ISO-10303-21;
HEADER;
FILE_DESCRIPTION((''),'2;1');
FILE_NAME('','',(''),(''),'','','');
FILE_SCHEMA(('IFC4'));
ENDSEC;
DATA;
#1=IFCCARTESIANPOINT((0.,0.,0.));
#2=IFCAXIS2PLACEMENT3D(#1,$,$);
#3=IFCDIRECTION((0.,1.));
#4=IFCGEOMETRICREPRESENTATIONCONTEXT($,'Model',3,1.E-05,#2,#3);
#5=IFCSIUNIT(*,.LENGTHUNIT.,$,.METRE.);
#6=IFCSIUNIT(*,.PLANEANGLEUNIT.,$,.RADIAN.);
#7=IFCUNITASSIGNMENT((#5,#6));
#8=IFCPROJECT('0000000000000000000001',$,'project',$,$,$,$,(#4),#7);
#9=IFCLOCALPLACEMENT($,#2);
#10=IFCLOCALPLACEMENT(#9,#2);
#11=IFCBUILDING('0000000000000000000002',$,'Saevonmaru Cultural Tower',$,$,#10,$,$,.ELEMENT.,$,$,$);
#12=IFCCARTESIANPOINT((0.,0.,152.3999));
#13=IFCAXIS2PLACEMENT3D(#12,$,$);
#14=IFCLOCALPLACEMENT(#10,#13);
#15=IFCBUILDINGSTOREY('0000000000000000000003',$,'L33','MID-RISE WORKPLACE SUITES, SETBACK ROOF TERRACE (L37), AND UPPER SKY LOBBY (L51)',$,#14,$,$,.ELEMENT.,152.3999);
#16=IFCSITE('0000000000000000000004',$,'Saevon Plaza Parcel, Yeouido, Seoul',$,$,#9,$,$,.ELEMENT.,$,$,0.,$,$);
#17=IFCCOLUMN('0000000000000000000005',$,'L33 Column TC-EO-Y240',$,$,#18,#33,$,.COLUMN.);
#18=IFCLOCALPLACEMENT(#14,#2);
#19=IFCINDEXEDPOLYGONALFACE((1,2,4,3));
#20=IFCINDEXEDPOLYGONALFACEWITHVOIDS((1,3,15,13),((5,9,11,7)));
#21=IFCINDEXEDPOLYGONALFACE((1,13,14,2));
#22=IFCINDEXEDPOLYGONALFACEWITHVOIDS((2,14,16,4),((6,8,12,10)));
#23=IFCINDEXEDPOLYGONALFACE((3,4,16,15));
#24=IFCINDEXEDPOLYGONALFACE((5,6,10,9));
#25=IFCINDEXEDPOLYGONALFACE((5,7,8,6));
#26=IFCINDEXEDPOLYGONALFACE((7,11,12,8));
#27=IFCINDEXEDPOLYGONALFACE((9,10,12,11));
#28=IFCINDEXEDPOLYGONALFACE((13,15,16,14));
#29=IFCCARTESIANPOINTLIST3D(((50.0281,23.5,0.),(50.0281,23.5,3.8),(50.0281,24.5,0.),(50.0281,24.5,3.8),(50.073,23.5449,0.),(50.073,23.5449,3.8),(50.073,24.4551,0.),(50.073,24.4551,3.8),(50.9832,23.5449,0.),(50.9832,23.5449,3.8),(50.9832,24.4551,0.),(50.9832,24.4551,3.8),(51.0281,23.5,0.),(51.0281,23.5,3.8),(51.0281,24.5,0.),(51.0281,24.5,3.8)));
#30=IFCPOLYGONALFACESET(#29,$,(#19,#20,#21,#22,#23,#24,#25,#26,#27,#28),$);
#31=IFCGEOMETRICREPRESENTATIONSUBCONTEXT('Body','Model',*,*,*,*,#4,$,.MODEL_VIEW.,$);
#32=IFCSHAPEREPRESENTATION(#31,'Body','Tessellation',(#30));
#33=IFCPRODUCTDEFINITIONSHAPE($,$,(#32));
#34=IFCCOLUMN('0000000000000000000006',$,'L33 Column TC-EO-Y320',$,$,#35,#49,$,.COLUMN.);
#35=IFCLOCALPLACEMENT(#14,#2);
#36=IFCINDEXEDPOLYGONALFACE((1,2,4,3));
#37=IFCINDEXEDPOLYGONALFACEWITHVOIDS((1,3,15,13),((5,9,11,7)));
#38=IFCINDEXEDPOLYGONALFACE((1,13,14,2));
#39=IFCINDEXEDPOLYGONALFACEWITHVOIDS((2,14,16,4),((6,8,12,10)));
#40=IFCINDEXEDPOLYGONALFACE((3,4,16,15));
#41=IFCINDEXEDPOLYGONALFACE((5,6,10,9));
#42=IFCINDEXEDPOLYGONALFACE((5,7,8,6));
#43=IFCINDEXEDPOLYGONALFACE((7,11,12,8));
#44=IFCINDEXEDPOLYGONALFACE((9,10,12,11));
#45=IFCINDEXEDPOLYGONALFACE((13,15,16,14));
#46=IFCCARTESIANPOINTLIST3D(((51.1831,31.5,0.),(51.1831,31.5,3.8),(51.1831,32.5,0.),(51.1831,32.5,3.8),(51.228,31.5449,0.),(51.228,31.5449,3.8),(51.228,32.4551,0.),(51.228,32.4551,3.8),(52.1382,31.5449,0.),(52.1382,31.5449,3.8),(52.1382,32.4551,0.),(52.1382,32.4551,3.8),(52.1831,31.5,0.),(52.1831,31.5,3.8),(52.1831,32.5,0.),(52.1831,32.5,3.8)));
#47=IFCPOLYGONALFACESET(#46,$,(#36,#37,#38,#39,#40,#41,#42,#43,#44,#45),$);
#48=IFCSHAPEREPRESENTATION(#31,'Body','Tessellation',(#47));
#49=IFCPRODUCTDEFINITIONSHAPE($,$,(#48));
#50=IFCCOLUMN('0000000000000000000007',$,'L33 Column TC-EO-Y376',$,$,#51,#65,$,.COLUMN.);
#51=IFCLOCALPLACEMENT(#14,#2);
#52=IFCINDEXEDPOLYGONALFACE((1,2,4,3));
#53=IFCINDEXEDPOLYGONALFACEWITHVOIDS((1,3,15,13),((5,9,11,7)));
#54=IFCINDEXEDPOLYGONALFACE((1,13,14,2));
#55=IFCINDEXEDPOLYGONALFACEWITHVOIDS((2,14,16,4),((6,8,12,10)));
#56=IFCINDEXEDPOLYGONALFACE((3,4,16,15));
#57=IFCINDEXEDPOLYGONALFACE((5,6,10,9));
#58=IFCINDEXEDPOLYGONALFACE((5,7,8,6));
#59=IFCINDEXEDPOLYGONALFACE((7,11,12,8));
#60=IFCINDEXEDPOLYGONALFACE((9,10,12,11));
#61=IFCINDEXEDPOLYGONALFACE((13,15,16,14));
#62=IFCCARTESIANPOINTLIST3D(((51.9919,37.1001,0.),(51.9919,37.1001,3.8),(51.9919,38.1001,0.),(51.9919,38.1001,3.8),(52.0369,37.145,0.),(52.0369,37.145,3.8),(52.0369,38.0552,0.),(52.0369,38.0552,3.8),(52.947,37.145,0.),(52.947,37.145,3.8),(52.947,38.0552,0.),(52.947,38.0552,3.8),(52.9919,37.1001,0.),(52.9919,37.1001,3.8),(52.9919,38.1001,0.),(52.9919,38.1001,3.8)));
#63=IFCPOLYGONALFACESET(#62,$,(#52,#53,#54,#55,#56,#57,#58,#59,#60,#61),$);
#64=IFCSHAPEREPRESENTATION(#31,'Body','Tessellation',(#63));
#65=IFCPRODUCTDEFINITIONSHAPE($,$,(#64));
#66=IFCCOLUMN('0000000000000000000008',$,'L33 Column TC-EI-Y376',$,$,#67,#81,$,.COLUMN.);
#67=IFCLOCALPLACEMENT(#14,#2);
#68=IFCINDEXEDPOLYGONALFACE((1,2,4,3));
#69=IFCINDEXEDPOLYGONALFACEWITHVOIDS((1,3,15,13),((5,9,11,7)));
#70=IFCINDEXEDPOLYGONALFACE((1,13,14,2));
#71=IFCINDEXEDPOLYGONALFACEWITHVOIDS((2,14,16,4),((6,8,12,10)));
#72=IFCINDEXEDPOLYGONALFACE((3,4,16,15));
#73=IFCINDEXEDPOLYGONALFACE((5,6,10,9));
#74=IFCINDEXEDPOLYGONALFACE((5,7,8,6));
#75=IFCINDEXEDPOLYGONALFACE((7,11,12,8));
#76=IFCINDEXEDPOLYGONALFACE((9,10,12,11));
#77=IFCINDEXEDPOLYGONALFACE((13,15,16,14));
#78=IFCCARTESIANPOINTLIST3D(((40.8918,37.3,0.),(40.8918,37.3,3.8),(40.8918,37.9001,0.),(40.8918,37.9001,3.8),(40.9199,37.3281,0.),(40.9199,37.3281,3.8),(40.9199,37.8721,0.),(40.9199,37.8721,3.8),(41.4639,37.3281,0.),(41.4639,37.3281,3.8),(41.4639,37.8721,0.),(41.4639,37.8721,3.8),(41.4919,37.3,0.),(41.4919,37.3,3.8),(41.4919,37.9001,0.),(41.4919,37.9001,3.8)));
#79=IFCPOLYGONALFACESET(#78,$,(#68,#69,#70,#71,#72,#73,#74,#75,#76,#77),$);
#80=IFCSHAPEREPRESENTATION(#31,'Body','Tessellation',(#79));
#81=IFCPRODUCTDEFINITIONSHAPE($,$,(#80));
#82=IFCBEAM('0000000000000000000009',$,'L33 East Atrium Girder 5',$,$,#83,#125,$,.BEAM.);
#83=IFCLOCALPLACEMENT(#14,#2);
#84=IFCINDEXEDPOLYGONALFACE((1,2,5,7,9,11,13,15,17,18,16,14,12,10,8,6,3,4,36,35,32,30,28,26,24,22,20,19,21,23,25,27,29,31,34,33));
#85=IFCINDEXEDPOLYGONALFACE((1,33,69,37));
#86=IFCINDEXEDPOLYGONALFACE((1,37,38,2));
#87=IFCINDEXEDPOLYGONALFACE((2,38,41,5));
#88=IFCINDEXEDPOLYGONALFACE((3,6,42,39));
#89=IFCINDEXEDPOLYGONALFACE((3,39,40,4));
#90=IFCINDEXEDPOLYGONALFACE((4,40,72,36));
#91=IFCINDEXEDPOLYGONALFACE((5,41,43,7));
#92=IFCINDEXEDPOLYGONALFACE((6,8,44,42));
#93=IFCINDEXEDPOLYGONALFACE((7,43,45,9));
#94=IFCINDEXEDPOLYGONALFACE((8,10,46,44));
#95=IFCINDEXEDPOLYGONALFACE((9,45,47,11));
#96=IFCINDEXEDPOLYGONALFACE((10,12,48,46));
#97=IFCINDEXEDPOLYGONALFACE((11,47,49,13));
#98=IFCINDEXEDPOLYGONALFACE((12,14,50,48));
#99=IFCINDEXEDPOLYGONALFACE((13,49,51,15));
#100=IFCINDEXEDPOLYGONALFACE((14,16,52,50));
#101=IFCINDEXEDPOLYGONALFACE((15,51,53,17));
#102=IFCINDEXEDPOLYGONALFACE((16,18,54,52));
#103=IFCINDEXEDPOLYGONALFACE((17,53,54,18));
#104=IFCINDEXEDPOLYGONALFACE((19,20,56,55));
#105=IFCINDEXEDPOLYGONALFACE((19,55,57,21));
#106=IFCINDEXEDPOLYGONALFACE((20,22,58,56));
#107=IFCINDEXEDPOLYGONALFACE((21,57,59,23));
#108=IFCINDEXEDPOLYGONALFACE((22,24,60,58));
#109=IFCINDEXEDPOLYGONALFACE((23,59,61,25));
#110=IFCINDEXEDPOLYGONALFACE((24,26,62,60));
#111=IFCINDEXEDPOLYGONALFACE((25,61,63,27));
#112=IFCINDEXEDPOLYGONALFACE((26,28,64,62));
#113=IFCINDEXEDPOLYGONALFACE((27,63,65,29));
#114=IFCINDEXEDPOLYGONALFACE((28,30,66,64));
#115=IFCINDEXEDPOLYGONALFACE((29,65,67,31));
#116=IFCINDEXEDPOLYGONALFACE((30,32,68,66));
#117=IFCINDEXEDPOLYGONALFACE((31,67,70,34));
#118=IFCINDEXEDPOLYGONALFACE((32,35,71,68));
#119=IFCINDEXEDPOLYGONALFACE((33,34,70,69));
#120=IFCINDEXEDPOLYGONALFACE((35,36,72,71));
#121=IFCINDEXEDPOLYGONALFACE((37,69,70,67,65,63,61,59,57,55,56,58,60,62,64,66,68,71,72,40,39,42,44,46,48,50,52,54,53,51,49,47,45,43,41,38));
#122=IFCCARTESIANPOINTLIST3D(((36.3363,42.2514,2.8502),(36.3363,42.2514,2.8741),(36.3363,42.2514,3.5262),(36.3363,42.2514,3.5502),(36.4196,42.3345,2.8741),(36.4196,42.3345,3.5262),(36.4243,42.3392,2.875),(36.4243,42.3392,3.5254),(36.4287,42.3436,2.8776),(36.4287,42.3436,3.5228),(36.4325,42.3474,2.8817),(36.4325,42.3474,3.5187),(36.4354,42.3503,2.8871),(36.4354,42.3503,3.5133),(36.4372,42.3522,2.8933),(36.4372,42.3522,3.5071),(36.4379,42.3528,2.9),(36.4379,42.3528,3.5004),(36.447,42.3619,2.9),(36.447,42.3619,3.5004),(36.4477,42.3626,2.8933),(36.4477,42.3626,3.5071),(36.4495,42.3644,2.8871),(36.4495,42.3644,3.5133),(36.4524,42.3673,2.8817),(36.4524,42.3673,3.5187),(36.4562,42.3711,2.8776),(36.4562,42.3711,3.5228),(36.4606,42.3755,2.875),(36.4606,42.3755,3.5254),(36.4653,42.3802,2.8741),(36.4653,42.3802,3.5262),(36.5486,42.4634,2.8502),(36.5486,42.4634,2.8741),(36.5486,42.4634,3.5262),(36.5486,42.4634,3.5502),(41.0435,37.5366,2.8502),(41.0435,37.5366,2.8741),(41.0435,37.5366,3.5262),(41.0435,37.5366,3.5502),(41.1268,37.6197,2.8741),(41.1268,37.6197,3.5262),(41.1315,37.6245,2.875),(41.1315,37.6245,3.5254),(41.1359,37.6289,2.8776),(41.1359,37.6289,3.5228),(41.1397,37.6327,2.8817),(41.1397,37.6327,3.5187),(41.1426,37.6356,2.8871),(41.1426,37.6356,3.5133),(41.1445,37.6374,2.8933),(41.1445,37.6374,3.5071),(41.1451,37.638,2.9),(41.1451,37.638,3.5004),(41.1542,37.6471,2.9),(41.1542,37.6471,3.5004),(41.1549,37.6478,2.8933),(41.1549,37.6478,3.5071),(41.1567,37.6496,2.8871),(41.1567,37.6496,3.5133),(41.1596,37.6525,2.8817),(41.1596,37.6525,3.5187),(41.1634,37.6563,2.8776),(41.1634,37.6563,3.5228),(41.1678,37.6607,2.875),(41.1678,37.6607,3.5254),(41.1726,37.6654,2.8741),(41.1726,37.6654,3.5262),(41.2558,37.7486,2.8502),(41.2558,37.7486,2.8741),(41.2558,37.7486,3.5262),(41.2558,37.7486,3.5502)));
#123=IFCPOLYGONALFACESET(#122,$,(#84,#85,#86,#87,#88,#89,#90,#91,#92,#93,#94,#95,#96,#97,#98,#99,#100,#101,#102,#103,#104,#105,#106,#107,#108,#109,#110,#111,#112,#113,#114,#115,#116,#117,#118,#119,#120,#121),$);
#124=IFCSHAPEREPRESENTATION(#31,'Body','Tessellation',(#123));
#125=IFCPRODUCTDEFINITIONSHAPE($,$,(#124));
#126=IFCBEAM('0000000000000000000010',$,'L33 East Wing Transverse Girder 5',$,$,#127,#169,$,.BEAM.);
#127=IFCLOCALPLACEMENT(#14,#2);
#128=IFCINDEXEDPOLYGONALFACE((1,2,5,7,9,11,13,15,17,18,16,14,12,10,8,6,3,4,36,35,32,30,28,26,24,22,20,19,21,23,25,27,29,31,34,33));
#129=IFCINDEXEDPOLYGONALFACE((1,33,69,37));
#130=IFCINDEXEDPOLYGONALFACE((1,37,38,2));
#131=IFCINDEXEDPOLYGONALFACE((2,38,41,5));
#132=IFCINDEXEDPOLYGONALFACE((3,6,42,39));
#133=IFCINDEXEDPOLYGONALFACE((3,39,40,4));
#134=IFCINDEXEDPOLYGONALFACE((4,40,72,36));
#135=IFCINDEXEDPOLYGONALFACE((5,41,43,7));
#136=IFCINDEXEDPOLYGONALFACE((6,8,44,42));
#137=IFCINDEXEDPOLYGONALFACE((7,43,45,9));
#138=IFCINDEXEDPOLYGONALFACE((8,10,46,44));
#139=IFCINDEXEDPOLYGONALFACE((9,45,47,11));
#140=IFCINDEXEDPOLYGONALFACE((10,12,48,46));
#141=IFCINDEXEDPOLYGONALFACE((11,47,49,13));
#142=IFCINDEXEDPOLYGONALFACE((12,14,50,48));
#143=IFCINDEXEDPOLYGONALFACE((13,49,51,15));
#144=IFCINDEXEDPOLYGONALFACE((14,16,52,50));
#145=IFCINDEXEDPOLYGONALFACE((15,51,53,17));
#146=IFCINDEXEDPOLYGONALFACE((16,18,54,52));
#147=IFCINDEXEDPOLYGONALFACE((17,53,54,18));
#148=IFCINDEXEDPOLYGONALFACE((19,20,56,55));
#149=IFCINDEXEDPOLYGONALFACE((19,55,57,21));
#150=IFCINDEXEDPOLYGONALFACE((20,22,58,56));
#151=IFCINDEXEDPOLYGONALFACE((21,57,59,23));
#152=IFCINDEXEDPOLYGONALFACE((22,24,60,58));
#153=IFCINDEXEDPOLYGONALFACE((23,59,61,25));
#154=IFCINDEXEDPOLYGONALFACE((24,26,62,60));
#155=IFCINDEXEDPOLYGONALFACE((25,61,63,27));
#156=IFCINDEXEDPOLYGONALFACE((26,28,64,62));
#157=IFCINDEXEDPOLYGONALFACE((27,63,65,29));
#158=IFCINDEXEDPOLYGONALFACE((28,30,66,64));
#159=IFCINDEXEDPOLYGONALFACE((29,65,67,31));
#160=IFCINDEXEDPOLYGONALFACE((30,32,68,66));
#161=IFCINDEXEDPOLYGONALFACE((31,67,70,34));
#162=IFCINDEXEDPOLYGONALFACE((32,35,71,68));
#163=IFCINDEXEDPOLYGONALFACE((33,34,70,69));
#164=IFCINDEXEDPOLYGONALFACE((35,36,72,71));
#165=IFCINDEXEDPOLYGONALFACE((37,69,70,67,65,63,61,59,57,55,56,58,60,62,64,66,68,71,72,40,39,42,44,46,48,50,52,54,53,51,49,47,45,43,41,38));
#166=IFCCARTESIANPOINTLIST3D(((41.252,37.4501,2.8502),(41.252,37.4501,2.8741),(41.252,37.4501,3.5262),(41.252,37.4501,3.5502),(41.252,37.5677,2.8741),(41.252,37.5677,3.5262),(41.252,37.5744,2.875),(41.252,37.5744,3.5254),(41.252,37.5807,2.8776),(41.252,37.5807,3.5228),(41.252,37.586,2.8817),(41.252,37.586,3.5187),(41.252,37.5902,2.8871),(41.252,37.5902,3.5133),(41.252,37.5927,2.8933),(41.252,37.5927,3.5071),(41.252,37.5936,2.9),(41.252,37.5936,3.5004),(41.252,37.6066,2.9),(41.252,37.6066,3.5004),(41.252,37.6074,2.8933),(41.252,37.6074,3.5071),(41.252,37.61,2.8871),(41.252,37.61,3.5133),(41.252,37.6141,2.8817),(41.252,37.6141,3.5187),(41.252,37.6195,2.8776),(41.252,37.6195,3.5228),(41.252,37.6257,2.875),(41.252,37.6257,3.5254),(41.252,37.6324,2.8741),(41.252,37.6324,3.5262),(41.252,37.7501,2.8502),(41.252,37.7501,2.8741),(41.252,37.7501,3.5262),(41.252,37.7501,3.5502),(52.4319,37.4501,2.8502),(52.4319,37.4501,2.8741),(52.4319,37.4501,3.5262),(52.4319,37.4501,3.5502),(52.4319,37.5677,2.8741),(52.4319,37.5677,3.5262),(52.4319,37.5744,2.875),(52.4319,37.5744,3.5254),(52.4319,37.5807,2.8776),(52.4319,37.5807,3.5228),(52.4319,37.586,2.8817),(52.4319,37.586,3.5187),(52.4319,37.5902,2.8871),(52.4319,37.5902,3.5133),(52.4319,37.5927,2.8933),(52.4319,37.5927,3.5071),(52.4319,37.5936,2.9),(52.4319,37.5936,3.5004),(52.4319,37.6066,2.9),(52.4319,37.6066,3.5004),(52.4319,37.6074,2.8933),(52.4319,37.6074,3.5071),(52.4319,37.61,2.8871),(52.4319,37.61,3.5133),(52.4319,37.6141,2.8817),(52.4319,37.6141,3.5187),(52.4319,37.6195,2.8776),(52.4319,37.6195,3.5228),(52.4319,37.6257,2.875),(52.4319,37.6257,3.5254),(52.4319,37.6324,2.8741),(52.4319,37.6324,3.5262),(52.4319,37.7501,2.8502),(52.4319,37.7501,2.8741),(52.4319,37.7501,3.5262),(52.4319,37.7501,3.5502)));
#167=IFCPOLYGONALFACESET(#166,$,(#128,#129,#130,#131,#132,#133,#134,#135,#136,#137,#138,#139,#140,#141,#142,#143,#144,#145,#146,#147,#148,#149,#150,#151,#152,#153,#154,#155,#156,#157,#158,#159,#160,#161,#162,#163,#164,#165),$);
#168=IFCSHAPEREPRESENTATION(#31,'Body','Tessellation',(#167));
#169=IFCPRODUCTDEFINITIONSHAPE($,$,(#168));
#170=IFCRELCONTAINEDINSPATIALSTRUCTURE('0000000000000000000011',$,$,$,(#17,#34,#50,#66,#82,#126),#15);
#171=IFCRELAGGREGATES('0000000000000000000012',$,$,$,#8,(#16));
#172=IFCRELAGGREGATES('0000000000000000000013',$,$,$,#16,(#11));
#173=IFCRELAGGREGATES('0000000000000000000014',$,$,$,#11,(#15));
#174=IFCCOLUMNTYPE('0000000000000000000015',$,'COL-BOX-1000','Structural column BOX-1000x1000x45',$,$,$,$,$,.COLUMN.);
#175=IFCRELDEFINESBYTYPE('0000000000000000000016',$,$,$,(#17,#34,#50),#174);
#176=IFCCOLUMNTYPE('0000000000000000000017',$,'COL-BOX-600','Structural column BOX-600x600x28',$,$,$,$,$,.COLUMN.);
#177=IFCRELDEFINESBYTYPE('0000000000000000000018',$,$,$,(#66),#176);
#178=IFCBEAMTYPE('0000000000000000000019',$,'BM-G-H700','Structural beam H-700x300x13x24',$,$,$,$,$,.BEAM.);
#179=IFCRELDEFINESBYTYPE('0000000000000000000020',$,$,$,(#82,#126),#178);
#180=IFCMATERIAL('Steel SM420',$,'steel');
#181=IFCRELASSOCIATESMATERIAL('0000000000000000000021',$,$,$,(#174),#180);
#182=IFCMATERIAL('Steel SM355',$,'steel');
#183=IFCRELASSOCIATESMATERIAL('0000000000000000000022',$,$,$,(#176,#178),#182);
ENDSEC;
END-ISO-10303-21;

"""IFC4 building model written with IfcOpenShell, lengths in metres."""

from ifc_helpers import new_model, si_unit, direction, frame, origin, origin_2d, place, context, subcontext, project, spatial, hollow_rectangle, i_section, extrude, material, material_profile, profile_set, type_object, element, save


model = new_model("IFC4")

# Units and contexts
model_context = context("Model", 3, precision=1e-05, world=origin(), true_north=direction((0.0, 1.0)))
body_context = subcontext(model_context, "Body", "Model", "MODEL_VIEW")
ifc_project = project(units=[si_unit("LENGTHUNIT", "METRE"), si_unit("PLANEANGLEUNIT", "RADIAN")], contexts=[model_context])

# Site, building, storey
site_placement = place(None, origin())
site = spatial("IfcSite", under=ifc_project, at=site_placement, Name="Saevon Plaza Parcel, Yeouido, Seoul", CompositionType="ELEMENT", RefElevation=0.0)
building_placement = place(site_placement, origin())
building = spatial("IfcBuilding", under=site, at=building_placement, Name="Saevonmaru Cultural Tower", CompositionType="ELEMENT")
storey_placement = place(building_placement, frame((0.0, 0.0, 152.3999)))
storey = spatial("IfcBuildingStorey", under=building, at=storey_placement, Name="L33", Description="MID-RISE WORKPLACE SUITES, SETBACK ROOF TERRACE (L37), AND UPPER SKY LOBBY (L51)", CompositionType="ELEMENT", Elevation=152.3999)

# Columns
ifc_material_1 = material(Name="Steel SM420", Category="steel")
ifc_material_profile_1 = material_profile(ifc_material_1, hollow_rectangle(XDim=1.0, YDim=1.0, WallThickness=0.0449, at=origin_2d()), Name="BOX-1000x1000x45")
ifc_profile_set_1 = profile_set([ifc_material_profile_1], Name="Steel SM420")
column_type_1 = type_object("IfcColumnType", Name="COL-BOX-1000", Description="Structural column BOX-1000x1000x45", PredefinedType="COLUMN", material=ifc_profile_set_1)
for number, where, z_axis, x_axis, name in (
    (1, (50.5281, 24.0, 0.0), (0.0, 0.0, 1.0), (1.0, 0.0, 0.0), "L33 Column TC-EO-Y240"),
    (2, (51.6831, 32.0, 0.0), (0.0, 0.0, 1.0), (1.0, 0.0, 0.0), "L33 Column TC-EO-Y320"),
    (3, (52.4919, 37.6001, 0.0), (0.0, 0.0, 1.0), (1.0, 0.0, 0.0), "L33 Column TC-EO-Y376"),
):
    element("IfcColumn", number, at=place(storey_placement, frame(where, z_axis=z_axis, x_axis=x_axis)), inside=storey, type_object=column_type_1, Name=name, PredefinedType="COLUMN", context=body_context, shape_type="SweptSolid", body=[
        extrude(hollow_rectangle(XDim=1.0, YDim=1.0, WallThickness=0.0449, at=origin_2d()), origin(), (0.0, 0.0, 1.0), 3.8),
    ])
ifc_material_2 = material(Name="Steel SM355", Category="steel")
ifc_material_profile_2 = material_profile(ifc_material_2, hollow_rectangle(XDim=0.6001, YDim=0.6001, WallThickness=0.0281, at=origin_2d()), Name="BOX-600x600x28")
ifc_profile_set_2 = profile_set([ifc_material_profile_2], Name="Steel SM355")
column_type_2 = type_object("IfcColumnType", Name="COL-BOX-600", Description="Structural column BOX-600x600x28", PredefinedType="COLUMN", material=ifc_profile_set_2)
column_placement = place(storey_placement, frame((41.1919, 37.6001, 0.0), z_axis=(0.0, 0.0, 1.0), x_axis=(1.0, 0.0, 0.0)))
element("IfcColumn", 4, at=column_placement, inside=storey, type_object=column_type_2, Name="L33 Column TC-EI-Y376", PredefinedType="COLUMN", context=body_context, shape_type="SweptSolid", body=[
    extrude(hollow_rectangle(XDim=0.6001, YDim=0.6001, WallThickness=0.0281, at=origin_2d()), origin(), (0.0, 0.0, 1.0), 3.8),
])

# Beams
ifc_material_profile_3 = material_profile(ifc_material_2, i_section(OverallWidth=0.3, OverallDepth=0.7, WebThickness=0.0129, FlangeThickness=0.0239, FilletRadius=0.0259, at=origin_2d()), Name="H-700x300x13x24")
ifc_profile_set_3 = profile_set([ifc_material_profile_3], Name="Steel SM355")
beam_type_1 = type_object("IfcBeamType", Name="BM-G-H700", Description="Structural beam H-700x300x13x24", PredefinedType="BEAM", material=ifc_profile_set_3)
beam_1_placement = place(storey_placement, frame((41.1497, 37.6426, 3.2002), z_axis=(-0.706539, 0.707675, 0.0), x_axis=(-0.707675, -0.706539, 0.0)))
element("IfcBeam", 5, at=beam_1_placement, inside=storey, type_object=beam_type_1, Name="L33 East Atrium Girder 5", PredefinedType="BEAM", context=body_context, shape_type="SweptSolid", body=[
    extrude(i_section(OverallWidth=0.3, OverallDepth=0.7, WebThickness=0.0129, FlangeThickness=0.0239, FilletRadius=0.0259, at=origin_2d()), origin(), (0.0, 0.0, 1.0), 6.6624),
])
beam_2_placement = place(storey_placement, frame((41.252, 37.6001, 3.2002), z_axis=(1.0, 0.0, 0.0), x_axis=(0.0, 1.0, 0.0)))
element("IfcBeam", 6, at=beam_2_placement, inside=storey, type_object=beam_type_1, Name="L33 East Wing Transverse Girder 5", PredefinedType="BEAM", context=body_context, shape_type="SweptSolid", body=[
    extrude(i_section(OverallWidth=0.3, OverallDepth=0.7, WebThickness=0.0129, FlangeThickness=0.0239, FilletRadius=0.0259, at=origin_2d()), origin(), (0.0, 0.0, 1.0), 11.1799),
])

save(model, "model.ifc")
